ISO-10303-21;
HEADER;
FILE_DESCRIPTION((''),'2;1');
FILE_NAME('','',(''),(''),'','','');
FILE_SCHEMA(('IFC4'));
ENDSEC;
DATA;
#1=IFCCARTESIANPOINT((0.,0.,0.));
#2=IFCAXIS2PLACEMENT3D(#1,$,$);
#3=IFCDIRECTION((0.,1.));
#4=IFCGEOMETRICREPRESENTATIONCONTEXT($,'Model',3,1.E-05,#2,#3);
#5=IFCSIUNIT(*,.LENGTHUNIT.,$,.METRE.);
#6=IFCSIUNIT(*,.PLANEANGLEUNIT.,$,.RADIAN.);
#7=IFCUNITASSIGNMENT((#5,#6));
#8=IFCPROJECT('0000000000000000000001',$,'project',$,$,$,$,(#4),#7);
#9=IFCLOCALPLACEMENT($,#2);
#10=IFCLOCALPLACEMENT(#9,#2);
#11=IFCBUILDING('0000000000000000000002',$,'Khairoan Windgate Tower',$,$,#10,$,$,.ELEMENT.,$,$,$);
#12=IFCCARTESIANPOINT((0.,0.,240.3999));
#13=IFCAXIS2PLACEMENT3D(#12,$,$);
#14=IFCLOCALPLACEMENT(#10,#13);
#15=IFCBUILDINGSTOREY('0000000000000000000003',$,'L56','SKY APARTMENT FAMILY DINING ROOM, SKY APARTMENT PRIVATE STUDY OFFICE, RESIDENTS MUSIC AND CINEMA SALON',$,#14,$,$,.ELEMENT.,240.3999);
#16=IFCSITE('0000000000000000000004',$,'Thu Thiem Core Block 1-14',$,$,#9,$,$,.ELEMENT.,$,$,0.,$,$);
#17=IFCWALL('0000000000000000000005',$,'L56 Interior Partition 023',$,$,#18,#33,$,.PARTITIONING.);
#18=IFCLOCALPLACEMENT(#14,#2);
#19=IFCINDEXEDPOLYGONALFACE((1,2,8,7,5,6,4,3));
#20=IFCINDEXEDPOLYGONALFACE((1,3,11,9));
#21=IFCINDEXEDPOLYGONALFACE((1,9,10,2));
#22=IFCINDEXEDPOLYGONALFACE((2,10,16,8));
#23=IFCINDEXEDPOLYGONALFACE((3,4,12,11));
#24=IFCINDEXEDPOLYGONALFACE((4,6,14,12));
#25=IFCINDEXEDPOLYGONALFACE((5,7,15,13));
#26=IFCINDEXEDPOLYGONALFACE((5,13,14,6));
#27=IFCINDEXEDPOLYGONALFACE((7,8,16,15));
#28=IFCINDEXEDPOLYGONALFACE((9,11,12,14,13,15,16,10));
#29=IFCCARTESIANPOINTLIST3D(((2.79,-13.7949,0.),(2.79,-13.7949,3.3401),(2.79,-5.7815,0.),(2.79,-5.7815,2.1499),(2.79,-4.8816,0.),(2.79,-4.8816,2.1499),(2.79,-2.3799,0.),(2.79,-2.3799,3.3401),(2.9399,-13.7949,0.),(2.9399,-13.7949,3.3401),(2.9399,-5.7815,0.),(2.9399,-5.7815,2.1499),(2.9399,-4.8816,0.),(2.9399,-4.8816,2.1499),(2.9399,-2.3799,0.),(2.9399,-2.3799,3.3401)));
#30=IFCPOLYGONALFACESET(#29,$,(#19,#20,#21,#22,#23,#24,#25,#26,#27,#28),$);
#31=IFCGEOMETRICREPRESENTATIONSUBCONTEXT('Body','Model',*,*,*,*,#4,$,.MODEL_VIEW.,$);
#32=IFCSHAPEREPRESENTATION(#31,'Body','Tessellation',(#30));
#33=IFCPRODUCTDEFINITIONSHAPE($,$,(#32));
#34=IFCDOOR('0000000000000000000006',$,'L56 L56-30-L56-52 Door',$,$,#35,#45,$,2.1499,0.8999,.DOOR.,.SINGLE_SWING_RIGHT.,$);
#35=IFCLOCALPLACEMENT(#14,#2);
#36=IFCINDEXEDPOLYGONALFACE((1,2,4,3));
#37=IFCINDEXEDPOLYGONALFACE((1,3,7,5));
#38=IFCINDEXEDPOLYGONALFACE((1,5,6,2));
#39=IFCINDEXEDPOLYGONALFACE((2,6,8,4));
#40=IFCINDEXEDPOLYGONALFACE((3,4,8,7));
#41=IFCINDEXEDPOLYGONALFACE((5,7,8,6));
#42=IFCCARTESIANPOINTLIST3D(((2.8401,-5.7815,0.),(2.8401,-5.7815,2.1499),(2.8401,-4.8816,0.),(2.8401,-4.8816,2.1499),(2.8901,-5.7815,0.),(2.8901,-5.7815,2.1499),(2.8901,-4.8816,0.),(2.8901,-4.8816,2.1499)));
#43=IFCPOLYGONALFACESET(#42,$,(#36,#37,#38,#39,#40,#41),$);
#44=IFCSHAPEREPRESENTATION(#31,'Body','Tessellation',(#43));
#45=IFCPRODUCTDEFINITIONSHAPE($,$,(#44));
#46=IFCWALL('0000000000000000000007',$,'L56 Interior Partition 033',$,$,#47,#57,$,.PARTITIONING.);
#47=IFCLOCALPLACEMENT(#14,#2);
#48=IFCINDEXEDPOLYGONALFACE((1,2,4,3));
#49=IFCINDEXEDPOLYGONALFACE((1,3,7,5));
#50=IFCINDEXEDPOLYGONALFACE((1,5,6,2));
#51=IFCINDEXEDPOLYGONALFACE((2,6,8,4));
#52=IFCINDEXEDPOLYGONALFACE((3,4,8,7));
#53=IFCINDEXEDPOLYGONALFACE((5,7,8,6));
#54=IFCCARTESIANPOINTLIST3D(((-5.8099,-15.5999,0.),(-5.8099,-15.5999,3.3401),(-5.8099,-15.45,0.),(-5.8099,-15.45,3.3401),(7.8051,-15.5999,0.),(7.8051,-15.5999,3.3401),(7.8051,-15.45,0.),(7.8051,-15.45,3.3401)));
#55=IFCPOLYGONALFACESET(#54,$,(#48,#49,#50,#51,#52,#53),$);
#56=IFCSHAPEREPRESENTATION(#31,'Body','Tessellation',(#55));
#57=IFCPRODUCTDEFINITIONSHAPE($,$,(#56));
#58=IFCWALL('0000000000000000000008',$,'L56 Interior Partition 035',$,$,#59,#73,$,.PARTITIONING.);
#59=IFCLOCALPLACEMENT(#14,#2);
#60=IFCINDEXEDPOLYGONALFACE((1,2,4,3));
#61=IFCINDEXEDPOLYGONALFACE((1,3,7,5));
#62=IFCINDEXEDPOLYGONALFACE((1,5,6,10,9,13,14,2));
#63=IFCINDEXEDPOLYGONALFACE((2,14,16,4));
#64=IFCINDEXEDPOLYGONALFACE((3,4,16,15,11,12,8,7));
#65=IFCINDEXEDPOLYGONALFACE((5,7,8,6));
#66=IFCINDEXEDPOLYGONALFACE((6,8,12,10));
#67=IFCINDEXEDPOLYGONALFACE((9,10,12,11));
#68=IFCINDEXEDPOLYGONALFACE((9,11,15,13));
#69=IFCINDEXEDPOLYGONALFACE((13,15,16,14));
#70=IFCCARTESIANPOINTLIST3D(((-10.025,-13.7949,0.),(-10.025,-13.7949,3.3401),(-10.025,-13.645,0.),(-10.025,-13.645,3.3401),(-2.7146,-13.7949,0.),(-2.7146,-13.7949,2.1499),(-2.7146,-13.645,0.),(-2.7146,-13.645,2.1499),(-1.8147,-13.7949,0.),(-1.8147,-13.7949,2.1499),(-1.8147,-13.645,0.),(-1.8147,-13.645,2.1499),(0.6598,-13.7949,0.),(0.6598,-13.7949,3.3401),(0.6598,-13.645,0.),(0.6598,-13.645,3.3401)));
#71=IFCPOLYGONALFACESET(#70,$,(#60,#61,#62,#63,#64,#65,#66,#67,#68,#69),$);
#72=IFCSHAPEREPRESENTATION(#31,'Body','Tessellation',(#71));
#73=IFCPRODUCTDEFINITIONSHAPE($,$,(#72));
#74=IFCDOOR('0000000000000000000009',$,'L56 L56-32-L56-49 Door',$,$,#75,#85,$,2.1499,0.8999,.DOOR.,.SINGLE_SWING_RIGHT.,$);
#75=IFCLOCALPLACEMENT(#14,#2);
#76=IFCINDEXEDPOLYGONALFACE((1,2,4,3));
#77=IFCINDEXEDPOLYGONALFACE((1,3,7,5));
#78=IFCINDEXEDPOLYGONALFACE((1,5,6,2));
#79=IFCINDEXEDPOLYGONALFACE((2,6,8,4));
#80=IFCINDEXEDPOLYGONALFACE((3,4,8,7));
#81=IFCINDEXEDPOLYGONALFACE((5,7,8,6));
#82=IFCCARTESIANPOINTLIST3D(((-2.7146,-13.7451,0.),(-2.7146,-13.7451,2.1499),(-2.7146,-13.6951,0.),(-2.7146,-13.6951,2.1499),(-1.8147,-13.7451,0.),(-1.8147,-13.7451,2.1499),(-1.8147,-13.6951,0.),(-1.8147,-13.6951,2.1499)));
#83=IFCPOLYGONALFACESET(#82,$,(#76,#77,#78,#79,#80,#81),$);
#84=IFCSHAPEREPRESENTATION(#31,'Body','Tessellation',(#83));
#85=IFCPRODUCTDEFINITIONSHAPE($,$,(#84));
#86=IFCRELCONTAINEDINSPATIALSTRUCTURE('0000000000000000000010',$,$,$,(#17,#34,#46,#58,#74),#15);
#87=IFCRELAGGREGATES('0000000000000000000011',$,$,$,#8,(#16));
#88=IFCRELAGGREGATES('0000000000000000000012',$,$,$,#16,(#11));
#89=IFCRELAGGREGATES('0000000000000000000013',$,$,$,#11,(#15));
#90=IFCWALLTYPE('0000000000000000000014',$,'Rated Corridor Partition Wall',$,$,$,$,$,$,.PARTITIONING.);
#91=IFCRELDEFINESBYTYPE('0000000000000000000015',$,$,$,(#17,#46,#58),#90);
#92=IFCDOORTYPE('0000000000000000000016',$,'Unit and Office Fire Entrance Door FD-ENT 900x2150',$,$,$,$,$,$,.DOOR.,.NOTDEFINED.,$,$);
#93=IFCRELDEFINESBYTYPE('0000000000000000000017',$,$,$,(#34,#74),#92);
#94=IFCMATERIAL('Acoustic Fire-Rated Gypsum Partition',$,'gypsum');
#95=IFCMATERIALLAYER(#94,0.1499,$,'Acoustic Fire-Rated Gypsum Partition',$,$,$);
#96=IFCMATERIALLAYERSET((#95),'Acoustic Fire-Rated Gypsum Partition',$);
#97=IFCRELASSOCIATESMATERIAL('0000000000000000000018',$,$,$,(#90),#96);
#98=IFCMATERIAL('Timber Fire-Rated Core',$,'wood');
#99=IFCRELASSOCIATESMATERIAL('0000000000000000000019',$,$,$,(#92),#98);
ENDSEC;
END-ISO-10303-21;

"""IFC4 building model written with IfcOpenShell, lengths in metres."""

from ifc_helpers import new_model, si_unit, direction, frame, frame_2d, origin, place, context, subcontext, project, spatial, rectangle, extrude, material, layer, layer_set, type_object, element, fill, save


model = new_model("IFC4")

# Units and contexts
model_context = context("Model", 3, precision=1e-05, world=origin(), true_north=direction((0.0, 1.0)))
body_context = subcontext(model_context, "Body", "Model", "MODEL_VIEW")
ifc_project = project(units=[si_unit("LENGTHUNIT", "METRE"), si_unit("PLANEANGLEUNIT", "RADIAN")], contexts=[model_context])

# Site, building, storey
site_placement = place(None, origin())
site = spatial("IfcSite", under=ifc_project, at=site_placement, Name="Thu Thiem Core Block 1-14", CompositionType="ELEMENT", RefElevation=0.0)
building_placement = place(site_placement, origin())
building = spatial("IfcBuilding", under=site, at=building_placement, Name="Khairoan Windgate Tower", CompositionType="ELEMENT")
storey_placement = place(building_placement, frame((0.0, 0.0, 240.3999)))
storey = spatial("IfcBuildingStorey", under=building, at=storey_placement, Name="L56", Description="SKY APARTMENT FAMILY DINING ROOM, SKY APARTMENT PRIVATE STUDY OFFICE, RESIDENTS MUSIC AND CINEMA SALON", CompositionType="ELEMENT", Elevation=240.3999)

# Wall, opening, door
ifc_material_1 = material(Name="Acoustic Fire-Rated Gypsum Partition", Category="gypsum")
ifc_layer_1 = layer(ifc_material_1, 0.1499, Name="Acoustic Fire-Rated Gypsum Partition")
ifc_layer_set_1 = layer_set([ifc_layer_1], Name="Acoustic Fire-Rated Gypsum Partition")
wall_type_1 = type_object("IfcWallType", Name="Rated Corridor Partition Wall", PredefinedType="PARTITIONING", material=ifc_layer_set_1)
ifc_material_2 = material(Name="Timber Fire-Rated Core", Category="wood")
door_type_1 = type_object("IfcDoorType", Name="Unit and Office Fire Entrance Door FD-ENT 900x2150", OperationType="NOTDEFINED", PredefinedType="DOOR", material=ifc_material_2)
wall_1_placement = place(storey_placement, frame((2.865, -13.7949, 0.0), z_axis=(0.0, 0.0, 1.0), x_axis=(0.0, 1.0, 0.0)))
wall_1 = element("IfcWall", 1, at=wall_1_placement, inside=storey, type_object=wall_type_1, Name="L56 Interior Partition 023", PredefinedType="PARTITIONING", context=body_context, shape_type="SweptSolid", body=[
    extrude(rectangle(XDim=11.415, YDim=0.1499, at=frame_2d((5.7075, 0.0))), origin(), (0.0, 0.0, 1.0), 3.3401),
])
opening_1_placement = place(wall_1_placement, frame((8.0134, 0.0, 0.0)))
opening_1 = element("IfcOpeningElement", 2, at=opening_1_placement, cuts=wall_1, PredefinedType="OPENING", context=body_context, shape_type="SweptSolid", body=[
    extrude(rectangle(XDim=0.8999, YDim=2.1499, at=frame_2d((0.45, 1.075))), frame((0.0, 0.085, 0.0), z_axis=(0.0, -1.0, 0.0), x_axis=(1.0, 0.0, 0.0)), (0.0, 0.0, 1.0), 0.1699),
])
door_1_placement = place(opening_1_placement, origin())
door_1 = element("IfcDoor", 3, at=door_1_placement, inside=storey, type_object=door_type_1, Name="L56 L56-30-L56-52 Door", OperationType="SINGLE_SWING_RIGHT", OverallHeight=2.1499, OverallWidth=0.8999, PredefinedType="DOOR", context=body_context, shape_type="SweptSolid", body=[
    extrude(rectangle(XDim=0.8999, YDim=2.1499, at=frame_2d((0.45, 1.075))), frame((0.0, 0.0249, 0.0), z_axis=(0.0, -1.0, 0.0), x_axis=(1.0, 0.0, 0.0)), (0.0, 0.0, 1.0), 0.05),
])
fill(opening_1, door_1)

# Wall
wall_2_placement = place(storey_placement, frame((-5.8101, -15.5249, 0.0), z_axis=(0.0, 0.0, 1.0), x_axis=(1.0, 0.0, 0.0)))
element("IfcWall", 4, at=wall_2_placement, inside=storey, type_object=wall_type_1, Name="L56 Interior Partition 033", PredefinedType="PARTITIONING", context=body_context, shape_type="SweptSolid", body=[
    extrude(rectangle(XDim=13.615, YDim=0.1499, at=frame_2d((6.8076, 0.0))), origin(), (0.0, 0.0, 1.0), 3.3401),
])

# Wall, opening, door
wall_3_placement = place(storey_placement, frame((-10.0249, -13.72, 0.0), z_axis=(0.0, 0.0, 1.0), x_axis=(1.0, 0.0, 0.0)))
wall_3 = element("IfcWall", 5, at=wall_3_placement, inside=storey, type_object=wall_type_1, Name="L56 Interior Partition 035", PredefinedType="PARTITIONING", context=body_context, shape_type="SweptSolid", body=[
    extrude(rectangle(XDim=10.6848, YDim=0.1499, at=frame_2d((5.3423, 0.0))), origin(), (0.0, 0.0, 1.0), 3.3401),
])
opening_2_placement = place(wall_3_placement, frame((7.3103, 0.0, 0.0)))
opening_2 = element("IfcOpeningElement", 6, at=opening_2_placement, cuts=wall_3, PredefinedType="OPENING", context=body_context, shape_type="SweptSolid", body=[
    extrude(rectangle(XDim=0.8999, YDim=2.1499, at=frame_2d((0.45, 1.075))), frame((0.0, 0.085, 0.0), z_axis=(0.0, -1.0, 0.0), x_axis=(1.0, 0.0, 0.0)), (0.0, 0.0, 1.0), 0.1699),
])
door_2_placement = place(opening_2_placement, origin())
door_2 = element("IfcDoor", 7, at=door_2_placement, inside=storey, type_object=door_type_1, Name="L56 L56-32-L56-49 Door", OperationType="SINGLE_SWING_RIGHT", OverallHeight=2.1499, OverallWidth=0.8999, PredefinedType="DOOR", context=body_context, shape_type="SweptSolid", body=[
    extrude(rectangle(XDim=0.8999, YDim=2.1499, at=frame_2d((0.45, 1.075))), frame((0.0, 0.0249, 0.0), z_axis=(0.0, -1.0, 0.0), x_axis=(1.0, 0.0, 0.0)), (0.0, 0.0, 1.0), 0.05),
])
fill(opening_2, door_2)

save(model, "model.ifc")
